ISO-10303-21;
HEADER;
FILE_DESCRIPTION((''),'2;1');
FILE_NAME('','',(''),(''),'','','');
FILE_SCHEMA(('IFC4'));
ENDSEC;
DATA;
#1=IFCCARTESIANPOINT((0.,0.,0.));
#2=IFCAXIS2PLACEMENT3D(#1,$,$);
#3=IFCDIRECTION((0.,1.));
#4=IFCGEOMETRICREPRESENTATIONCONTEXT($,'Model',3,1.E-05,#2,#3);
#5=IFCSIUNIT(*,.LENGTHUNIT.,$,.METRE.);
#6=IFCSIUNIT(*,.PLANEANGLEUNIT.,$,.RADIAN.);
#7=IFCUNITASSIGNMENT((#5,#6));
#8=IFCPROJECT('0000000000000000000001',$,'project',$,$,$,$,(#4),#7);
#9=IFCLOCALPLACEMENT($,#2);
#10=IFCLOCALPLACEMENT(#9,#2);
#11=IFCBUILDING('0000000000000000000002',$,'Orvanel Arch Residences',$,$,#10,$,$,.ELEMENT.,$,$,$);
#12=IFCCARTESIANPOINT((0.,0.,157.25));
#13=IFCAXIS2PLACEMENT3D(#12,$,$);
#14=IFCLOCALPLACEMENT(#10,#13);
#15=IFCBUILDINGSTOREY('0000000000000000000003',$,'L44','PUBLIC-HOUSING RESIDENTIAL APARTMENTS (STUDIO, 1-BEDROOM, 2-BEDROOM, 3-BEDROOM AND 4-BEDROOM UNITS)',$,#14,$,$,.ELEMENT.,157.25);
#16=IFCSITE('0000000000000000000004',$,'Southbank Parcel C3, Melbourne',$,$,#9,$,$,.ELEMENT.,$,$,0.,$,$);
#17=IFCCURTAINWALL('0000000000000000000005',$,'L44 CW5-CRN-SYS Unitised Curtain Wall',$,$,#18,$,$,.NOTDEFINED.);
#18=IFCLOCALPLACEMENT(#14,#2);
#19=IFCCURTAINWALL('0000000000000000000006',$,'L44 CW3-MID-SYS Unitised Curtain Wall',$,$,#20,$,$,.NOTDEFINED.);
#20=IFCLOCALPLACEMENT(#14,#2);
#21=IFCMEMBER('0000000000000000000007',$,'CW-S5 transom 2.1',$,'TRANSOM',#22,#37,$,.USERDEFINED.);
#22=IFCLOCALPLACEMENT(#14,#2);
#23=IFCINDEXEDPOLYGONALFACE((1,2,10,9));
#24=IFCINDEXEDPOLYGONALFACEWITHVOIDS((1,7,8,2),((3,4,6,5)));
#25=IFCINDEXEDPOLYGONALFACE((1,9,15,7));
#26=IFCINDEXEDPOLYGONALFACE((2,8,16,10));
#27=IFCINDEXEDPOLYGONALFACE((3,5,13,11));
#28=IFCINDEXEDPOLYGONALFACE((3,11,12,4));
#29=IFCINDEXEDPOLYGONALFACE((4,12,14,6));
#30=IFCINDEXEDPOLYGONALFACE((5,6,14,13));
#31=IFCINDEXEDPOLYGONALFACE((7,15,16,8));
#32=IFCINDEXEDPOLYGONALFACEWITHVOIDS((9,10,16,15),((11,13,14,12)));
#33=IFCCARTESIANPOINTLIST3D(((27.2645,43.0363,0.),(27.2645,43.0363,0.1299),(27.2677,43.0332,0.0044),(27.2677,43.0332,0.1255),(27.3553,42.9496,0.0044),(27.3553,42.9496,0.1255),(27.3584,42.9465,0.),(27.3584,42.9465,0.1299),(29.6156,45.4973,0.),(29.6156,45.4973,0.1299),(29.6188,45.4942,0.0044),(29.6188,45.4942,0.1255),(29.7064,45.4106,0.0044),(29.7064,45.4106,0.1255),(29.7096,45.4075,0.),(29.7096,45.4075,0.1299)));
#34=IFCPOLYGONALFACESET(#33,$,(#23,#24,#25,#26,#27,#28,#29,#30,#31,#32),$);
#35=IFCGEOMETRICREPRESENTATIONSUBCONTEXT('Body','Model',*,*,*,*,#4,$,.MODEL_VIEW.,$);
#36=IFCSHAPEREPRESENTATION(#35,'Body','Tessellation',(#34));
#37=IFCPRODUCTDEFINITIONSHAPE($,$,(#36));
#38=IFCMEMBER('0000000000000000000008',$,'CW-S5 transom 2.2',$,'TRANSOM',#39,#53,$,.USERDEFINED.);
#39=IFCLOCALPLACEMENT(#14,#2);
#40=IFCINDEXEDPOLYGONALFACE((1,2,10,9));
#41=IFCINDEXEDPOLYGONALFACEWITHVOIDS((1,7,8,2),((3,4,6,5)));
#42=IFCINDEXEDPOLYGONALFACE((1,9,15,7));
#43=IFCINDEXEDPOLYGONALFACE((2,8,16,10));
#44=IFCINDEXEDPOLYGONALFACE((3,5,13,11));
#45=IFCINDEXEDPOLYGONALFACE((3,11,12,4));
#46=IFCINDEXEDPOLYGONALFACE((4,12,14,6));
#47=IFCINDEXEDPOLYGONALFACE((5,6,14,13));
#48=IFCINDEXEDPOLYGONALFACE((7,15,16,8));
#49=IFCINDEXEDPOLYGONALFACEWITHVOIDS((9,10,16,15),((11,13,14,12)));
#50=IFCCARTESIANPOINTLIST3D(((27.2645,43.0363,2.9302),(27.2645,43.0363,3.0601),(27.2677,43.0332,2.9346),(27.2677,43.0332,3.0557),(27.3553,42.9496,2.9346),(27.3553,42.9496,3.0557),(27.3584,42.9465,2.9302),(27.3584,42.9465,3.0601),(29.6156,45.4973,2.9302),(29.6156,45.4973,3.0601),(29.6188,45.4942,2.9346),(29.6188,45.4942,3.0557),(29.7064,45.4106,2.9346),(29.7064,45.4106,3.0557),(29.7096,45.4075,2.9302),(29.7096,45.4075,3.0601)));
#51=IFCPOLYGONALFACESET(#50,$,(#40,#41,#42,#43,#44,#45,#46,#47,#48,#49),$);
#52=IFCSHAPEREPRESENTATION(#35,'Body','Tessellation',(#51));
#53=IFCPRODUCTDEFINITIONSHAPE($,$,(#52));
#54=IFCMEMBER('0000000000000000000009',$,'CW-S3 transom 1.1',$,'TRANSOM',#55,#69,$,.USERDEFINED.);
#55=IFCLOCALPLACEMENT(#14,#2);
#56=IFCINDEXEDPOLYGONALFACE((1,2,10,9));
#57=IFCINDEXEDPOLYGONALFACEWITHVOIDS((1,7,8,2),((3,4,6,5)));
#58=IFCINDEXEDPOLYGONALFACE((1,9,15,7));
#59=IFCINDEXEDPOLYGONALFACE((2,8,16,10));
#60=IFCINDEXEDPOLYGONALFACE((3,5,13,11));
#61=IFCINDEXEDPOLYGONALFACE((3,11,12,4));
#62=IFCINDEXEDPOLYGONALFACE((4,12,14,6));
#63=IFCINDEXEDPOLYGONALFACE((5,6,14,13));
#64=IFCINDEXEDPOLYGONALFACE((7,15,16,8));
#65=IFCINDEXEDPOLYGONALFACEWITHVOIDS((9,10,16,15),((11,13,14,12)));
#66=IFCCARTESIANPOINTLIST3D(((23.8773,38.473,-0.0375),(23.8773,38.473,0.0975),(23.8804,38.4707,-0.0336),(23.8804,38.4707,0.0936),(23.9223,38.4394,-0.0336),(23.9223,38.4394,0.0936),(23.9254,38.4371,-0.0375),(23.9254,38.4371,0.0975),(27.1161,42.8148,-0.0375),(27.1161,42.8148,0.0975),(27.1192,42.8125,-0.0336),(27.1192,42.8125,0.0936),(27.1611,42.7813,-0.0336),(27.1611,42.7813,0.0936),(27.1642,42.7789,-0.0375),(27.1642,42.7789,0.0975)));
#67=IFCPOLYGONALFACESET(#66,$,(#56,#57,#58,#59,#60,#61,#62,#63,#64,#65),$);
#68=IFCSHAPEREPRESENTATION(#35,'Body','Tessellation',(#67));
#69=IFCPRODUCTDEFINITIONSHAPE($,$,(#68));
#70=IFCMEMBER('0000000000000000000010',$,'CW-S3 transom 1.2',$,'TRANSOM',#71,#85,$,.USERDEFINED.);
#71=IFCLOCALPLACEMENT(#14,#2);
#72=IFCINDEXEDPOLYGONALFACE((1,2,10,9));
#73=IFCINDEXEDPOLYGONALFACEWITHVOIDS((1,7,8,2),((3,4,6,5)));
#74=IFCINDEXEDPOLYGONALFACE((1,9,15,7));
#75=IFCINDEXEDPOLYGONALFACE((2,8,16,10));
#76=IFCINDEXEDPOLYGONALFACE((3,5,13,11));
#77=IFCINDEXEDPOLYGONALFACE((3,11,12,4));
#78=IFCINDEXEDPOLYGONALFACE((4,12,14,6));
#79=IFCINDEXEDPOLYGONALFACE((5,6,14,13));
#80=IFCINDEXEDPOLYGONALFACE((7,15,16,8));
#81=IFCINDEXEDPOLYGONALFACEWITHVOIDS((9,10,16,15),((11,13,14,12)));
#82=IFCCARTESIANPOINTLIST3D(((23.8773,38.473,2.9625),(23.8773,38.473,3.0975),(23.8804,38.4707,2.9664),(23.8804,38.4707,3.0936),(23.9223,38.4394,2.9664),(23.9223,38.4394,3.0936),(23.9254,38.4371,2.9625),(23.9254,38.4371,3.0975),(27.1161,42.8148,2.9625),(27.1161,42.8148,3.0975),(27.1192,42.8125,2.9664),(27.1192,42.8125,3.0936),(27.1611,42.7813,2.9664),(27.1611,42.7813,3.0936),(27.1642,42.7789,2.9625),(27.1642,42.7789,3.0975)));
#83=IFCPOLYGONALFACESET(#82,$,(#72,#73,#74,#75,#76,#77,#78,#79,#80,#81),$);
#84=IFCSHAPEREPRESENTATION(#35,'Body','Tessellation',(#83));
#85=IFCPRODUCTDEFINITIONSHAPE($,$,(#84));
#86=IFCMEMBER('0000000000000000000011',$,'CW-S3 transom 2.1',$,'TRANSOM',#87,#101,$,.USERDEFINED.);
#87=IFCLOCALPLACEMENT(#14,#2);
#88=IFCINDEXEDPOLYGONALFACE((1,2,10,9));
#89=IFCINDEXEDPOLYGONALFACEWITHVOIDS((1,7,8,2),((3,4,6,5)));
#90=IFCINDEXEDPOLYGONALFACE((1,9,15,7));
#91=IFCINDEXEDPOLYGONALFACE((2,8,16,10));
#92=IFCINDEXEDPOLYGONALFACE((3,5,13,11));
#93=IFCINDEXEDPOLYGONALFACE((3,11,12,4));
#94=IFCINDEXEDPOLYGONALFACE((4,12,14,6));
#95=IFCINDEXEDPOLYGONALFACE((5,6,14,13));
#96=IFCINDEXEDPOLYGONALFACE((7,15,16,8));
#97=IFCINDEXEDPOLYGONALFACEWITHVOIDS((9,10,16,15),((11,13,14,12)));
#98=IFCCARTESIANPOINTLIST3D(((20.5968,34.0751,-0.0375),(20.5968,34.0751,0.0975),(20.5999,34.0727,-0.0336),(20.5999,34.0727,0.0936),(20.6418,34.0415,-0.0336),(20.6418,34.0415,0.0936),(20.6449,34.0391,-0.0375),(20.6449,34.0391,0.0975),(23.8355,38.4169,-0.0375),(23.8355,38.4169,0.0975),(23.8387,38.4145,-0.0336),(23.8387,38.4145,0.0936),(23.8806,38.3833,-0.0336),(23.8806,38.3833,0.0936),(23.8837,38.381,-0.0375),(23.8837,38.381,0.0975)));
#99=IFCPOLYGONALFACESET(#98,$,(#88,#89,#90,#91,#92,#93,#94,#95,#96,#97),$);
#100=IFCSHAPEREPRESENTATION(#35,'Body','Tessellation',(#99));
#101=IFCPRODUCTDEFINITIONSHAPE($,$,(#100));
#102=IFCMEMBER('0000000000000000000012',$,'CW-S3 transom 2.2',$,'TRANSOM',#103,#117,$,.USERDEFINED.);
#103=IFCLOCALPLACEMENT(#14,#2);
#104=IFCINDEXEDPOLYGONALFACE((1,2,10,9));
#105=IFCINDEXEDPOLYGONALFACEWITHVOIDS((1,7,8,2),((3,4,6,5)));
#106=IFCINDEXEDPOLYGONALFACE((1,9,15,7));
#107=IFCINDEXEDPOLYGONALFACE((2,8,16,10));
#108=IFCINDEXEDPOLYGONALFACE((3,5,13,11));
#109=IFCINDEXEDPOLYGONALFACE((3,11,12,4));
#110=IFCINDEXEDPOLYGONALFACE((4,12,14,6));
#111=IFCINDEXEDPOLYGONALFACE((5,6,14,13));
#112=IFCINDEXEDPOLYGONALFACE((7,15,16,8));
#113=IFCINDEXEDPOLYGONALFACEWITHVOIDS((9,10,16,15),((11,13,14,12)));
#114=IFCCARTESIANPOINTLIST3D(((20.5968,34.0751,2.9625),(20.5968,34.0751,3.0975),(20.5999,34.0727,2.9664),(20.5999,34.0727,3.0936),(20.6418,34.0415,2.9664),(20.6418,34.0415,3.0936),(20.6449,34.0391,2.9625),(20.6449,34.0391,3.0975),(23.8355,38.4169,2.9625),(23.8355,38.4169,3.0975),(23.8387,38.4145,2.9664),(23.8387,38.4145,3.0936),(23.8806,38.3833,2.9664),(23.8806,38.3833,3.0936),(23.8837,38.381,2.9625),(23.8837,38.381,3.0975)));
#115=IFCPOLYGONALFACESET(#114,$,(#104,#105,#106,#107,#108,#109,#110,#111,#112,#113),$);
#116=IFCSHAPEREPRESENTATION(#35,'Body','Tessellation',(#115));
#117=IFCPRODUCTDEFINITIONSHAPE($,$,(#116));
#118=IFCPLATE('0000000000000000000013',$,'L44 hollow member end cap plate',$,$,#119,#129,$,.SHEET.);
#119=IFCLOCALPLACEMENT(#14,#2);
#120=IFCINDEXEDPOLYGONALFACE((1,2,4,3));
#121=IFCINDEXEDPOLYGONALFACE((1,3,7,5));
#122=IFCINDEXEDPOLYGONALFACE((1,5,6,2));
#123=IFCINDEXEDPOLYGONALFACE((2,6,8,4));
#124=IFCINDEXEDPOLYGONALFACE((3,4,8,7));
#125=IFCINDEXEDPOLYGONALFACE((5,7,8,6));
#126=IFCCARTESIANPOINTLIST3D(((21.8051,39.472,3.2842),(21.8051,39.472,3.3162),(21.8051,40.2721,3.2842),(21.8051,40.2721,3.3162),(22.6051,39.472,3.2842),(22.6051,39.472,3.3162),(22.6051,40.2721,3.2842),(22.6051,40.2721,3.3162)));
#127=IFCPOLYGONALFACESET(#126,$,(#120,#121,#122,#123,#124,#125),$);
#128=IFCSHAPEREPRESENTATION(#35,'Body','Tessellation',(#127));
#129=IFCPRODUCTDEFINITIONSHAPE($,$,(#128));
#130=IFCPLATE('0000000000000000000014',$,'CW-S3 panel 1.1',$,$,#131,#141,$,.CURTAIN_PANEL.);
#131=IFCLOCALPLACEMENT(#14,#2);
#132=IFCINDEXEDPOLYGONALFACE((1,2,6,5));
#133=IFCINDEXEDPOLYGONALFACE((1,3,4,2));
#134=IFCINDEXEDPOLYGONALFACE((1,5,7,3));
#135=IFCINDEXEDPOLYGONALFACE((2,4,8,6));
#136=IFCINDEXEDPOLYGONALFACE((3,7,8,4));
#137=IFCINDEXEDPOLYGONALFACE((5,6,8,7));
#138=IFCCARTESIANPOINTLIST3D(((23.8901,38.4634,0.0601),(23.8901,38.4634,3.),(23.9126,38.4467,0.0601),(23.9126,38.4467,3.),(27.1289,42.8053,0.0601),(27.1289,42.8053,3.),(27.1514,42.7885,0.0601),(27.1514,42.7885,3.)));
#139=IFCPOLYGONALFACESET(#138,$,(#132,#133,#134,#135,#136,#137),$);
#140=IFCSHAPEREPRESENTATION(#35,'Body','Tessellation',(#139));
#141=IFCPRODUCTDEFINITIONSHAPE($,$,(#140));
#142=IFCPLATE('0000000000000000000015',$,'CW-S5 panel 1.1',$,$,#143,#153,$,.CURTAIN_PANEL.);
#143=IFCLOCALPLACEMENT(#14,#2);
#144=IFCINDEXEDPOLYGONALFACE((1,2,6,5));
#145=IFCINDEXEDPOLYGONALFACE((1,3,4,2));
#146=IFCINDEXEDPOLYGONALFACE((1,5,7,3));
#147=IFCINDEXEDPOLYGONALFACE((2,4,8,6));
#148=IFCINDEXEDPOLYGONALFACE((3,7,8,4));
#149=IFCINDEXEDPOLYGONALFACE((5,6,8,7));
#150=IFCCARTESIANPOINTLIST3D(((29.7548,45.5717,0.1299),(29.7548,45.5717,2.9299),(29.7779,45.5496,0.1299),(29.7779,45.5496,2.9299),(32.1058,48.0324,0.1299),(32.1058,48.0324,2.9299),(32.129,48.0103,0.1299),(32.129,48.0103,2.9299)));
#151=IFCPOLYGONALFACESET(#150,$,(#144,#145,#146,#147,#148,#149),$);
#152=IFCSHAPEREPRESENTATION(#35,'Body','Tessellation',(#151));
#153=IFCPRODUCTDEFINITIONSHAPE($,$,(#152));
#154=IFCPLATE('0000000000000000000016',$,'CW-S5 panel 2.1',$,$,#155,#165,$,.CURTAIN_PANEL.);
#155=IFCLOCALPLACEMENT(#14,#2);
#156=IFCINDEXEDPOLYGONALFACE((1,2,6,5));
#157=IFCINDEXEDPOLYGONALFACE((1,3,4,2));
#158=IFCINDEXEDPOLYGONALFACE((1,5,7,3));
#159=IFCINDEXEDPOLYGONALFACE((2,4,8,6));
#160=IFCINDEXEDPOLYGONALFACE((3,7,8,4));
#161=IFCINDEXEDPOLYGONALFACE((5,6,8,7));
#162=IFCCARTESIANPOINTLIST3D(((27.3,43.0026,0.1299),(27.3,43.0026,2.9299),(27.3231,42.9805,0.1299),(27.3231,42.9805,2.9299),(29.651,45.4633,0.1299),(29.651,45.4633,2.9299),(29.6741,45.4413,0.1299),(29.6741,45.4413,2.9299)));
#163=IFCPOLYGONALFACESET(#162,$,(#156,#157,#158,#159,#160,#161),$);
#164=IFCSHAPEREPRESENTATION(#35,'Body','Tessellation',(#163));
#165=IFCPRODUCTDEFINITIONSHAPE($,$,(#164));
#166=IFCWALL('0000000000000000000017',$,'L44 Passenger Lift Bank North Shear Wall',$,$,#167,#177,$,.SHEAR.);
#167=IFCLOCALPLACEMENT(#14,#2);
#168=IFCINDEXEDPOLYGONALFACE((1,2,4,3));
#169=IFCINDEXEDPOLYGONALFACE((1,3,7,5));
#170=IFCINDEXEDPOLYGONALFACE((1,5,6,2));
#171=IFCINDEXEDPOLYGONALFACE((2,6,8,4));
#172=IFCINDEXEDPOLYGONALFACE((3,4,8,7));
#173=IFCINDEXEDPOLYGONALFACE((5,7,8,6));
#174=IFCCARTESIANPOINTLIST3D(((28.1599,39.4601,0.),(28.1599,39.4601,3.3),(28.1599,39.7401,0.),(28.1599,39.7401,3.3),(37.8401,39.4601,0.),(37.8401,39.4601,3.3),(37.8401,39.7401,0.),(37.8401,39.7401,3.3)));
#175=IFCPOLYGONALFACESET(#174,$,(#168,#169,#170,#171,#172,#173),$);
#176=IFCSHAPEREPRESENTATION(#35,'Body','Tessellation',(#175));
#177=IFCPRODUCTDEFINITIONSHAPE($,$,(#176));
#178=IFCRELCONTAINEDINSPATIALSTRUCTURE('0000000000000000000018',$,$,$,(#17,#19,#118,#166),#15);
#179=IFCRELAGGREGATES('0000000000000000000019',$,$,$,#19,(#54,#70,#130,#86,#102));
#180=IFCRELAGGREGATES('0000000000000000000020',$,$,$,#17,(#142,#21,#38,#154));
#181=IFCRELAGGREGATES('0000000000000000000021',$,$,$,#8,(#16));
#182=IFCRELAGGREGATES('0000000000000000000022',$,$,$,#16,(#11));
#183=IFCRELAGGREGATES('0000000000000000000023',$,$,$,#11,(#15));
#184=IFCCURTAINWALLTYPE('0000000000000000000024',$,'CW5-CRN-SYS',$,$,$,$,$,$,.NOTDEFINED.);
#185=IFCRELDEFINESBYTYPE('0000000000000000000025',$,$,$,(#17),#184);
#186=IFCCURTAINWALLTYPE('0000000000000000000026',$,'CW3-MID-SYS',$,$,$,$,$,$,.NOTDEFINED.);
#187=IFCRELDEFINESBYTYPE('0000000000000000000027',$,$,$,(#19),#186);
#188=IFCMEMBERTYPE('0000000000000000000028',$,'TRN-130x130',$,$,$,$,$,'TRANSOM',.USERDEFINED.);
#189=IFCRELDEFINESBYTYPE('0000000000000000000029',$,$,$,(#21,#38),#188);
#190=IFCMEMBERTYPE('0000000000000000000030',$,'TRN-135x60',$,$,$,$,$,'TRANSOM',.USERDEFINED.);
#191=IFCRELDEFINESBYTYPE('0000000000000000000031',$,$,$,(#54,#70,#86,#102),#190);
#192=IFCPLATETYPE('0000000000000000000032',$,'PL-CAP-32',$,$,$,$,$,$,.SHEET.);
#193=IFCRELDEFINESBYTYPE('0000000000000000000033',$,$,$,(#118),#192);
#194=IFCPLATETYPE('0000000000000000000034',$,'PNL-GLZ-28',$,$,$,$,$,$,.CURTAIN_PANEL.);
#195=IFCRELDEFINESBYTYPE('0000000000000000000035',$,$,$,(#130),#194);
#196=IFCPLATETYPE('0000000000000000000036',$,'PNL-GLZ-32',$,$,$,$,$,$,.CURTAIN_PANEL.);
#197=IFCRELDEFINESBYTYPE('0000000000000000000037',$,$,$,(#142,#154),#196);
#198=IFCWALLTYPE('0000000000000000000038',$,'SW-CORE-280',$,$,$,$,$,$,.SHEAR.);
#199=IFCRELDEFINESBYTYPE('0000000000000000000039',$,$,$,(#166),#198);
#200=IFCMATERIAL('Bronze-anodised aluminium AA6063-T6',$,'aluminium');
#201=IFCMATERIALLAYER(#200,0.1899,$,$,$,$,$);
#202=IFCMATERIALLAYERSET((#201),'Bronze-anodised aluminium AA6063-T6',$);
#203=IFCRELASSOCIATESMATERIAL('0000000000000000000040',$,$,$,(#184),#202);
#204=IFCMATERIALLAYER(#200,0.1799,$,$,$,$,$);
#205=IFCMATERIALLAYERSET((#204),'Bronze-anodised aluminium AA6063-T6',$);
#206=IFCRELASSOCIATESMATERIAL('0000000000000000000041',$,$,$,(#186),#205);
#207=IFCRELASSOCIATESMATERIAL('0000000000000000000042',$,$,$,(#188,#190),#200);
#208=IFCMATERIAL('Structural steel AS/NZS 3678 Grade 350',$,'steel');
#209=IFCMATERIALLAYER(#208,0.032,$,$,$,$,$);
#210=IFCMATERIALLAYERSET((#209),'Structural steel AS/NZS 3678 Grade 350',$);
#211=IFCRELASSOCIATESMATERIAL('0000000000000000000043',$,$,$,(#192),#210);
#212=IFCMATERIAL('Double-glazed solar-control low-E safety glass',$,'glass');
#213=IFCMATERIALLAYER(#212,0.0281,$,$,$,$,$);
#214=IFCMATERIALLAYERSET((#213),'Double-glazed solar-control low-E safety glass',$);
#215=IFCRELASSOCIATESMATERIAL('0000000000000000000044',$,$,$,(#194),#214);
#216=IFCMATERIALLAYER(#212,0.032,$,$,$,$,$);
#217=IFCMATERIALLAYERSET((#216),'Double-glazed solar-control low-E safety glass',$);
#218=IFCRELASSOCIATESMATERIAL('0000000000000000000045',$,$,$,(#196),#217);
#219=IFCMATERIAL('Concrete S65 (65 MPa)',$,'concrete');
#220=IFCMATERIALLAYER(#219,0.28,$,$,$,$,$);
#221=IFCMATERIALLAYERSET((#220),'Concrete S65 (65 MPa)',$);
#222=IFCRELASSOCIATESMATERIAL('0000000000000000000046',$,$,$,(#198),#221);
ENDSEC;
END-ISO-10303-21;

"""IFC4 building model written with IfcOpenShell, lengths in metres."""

from ifc_helpers import new_model, si_unit, direction, frame, frame_2d, origin, origin_2d, place, context, subcontext, project, spatial, rectangle, hollow_rectangle, extrude, material, layer, layer_set, material_profile, profile_set, type_object, element, aggregate, save


model = new_model("IFC4")

# Units and contexts
model_context = context("Model", 3, precision=1e-05, world=origin(), true_north=direction((0.0, 1.0)))
body_context = subcontext(model_context, "Body", "Model", "MODEL_VIEW")
ifc_project = project(units=[si_unit("LENGTHUNIT", "METRE"), si_unit("PLANEANGLEUNIT", "RADIAN")], contexts=[model_context])

# Site, building, storey
site_placement = place(None, origin())
site = spatial("IfcSite", under=ifc_project, at=site_placement, Name="Southbank Parcel C3, Melbourne", CompositionType="ELEMENT", RefElevation=0.0)
building_placement = place(site_placement, origin())
building = spatial("IfcBuilding", under=site, at=building_placement, Name="Orvanel Arch Residences", CompositionType="ELEMENT")
storey_placement = place(building_placement, frame((0.0, 0.0, 157.25)))
storey = spatial("IfcBuildingStorey", under=building, at=storey_placement, Name="L44", Description="PUBLIC-HOUSING RESIDENTIAL APARTMENTS (STUDIO, 1-BEDROOM, 2-BEDROOM, 3-BEDROOM AND 4-BEDROOM UNITS)", CompositionType="ELEMENT", Elevation=157.25)

# Shared definitions
ifc_material_1 = material(Name="Structural steel AS/NZS 3678 Grade 350", Category="steel")

# Curtain walls
ifc_material_2 = material(Name="Bronze-anodised aluminium AA6063-T6", Category="aluminium")
ifc_layer_1 = layer(ifc_material_2, 0.1899)
ifc_layer_set_1 = layer_set([ifc_layer_1], Name="Bronze-anodised aluminium AA6063-T6")
curtain_wall_type_1 = type_object("IfcCurtainWallType", Name="CW5-CRN-SYS", PredefinedType="NOTDEFINED", material=ifc_layer_set_1)
curtain_wall_1_placement = place(storey_placement, origin())
curtain_wall_1 = element("IfcCurtainWall", 1, at=curtain_wall_1_placement, inside=storey, type_object=curtain_wall_type_1, Name="L44 CW5-CRN-SYS Unitised Curtain Wall", PredefinedType="NOTDEFINED")
ifc_layer_2 = layer(ifc_material_2, 0.1799)
ifc_layer_set_2 = layer_set([ifc_layer_2], Name="Bronze-anodised aluminium AA6063-T6")
curtain_wall_type_2 = type_object("IfcCurtainWallType", Name="CW3-MID-SYS", PredefinedType="NOTDEFINED", material=ifc_layer_set_2)
curtain_wall_2_placement = place(storey_placement, origin())
curtain_wall_2 = element("IfcCurtainWall", 2, at=curtain_wall_2_placement, inside=storey, type_object=curtain_wall_type_2, Name="L44 CW3-MID-SYS Unitised Curtain Wall", PredefinedType="NOTDEFINED")

# Members
ifc_material_profile_1 = material_profile(ifc_material_2, hollow_rectangle(XDim=0.1299, YDim=0.1299, WallThickness=0.0044, at=origin_2d()), Name="ALU130x130x4.5")
ifc_profile_set_1 = profile_set([ifc_material_profile_1], Name="Bronze-anodised aluminium AA6063-T6")
member_type_1 = type_object("IfcMemberType", Name="TRN-130x130", ElementType="TRANSOM", PredefinedType="USERDEFINED", material=ifc_profile_set_1)
member_1_placement = place(storey_placement, frame((29.6626, 45.4524, 0.0649), z_axis=(-0.690783, -0.723062, 0.0), x_axis=(0.723062, -0.690783, 0.0)))
member_1 = element("IfcMember", 3, at=member_1_placement, type_object=member_type_1, Name="CW-S5 transom 2.1", ObjectType="TRANSOM", PredefinedType="USERDEFINED", context=body_context, shape_type="SweptSolid", body=[
    extrude(hollow_rectangle(XDim=0.1299, YDim=0.1299, WallThickness=0.0044, at=origin_2d()), origin(), (0.0, 0.0, 1.0), 3.4036),
])
member_2_placement = place(storey_placement, frame((29.6626, 45.4524, 2.9951), z_axis=(-0.690783, -0.723062, 0.0), x_axis=(0.723062, -0.690783, 0.0)))
member_2 = element("IfcMember", 4, at=member_2_placement, type_object=member_type_1, Name="CW-S5 transom 2.2", ObjectType="TRANSOM", PredefinedType="USERDEFINED", context=body_context, shape_type="SweptSolid", body=[
    extrude(hollow_rectangle(XDim=0.1299, YDim=0.1299, WallThickness=0.0044, at=origin_2d()), origin(), (0.0, 0.0, 1.0), 3.4036),
])
ifc_material_profile_2 = material_profile(ifc_material_2, hollow_rectangle(XDim=0.0601, YDim=0.135, WallThickness=0.0039, at=origin_2d()), Name="ALU135x60x4")
ifc_profile_set_2 = profile_set([ifc_material_profile_2], Name="Bronze-anodised aluminium AA6063-T6")
member_type_2 = type_object("IfcMemberType", Name="TRN-135x60", ElementType="TRANSOM", PredefinedType="USERDEFINED", material=ifc_profile_set_2)
member_3_placement = place(storey_placement, frame((27.1401, 42.7969, 0.03), z_axis=(-0.597921, -0.801555, 0.0), x_axis=(0.801555, -0.597921, 0.0)))
member_3 = element("IfcMember", 5, at=member_3_placement, type_object=member_type_2, Name="CW-S3 transom 1.1", ObjectType="TRANSOM", PredefinedType="USERDEFINED", context=body_context, shape_type="SweptSolid", body=[
    extrude(hollow_rectangle(XDim=0.0601, YDim=0.135, WallThickness=0.0039, at=origin_2d()), origin(), (0.0, 0.0, 1.0), 5.4167),
])
member_4_placement = place(storey_placement, frame((27.1401, 42.7969, 3.03), z_axis=(-0.597921, -0.801555, 0.0), x_axis=(0.801555, -0.597921, 0.0)))
member_4 = element("IfcMember", 6, at=member_4_placement, type_object=member_type_2, Name="CW-S3 transom 1.2", ObjectType="TRANSOM", PredefinedType="USERDEFINED", context=body_context, shape_type="SweptSolid", body=[
    extrude(hollow_rectangle(XDim=0.0601, YDim=0.135, WallThickness=0.0039, at=origin_2d()), origin(), (0.0, 0.0, 1.0), 5.4167),
])
member_5_placement = place(storey_placement, frame((23.8596, 38.3989, 0.03), z_axis=(-0.597921, -0.801555, 0.0), x_axis=(0.801555, -0.597921, 0.0)))
member_5 = element("IfcMember", 7, at=member_5_placement, type_object=member_type_2, Name="CW-S3 transom 2.1", ObjectType="TRANSOM", PredefinedType="USERDEFINED", context=body_context, shape_type="SweptSolid", body=[
    extrude(hollow_rectangle(XDim=0.0601, YDim=0.135, WallThickness=0.0039, at=origin_2d()), origin(), (0.0, 0.0, 1.0), 5.4167),
])
member_6_placement = place(storey_placement, frame((23.8596, 38.3989, 3.03), z_axis=(-0.597921, -0.801555, 0.0), x_axis=(0.801555, -0.597921, 0.0)))
member_6 = element("IfcMember", 8, at=member_6_placement, type_object=member_type_2, Name="CW-S3 transom 2.2", ObjectType="TRANSOM", PredefinedType="USERDEFINED", context=body_context, shape_type="SweptSolid", body=[
    extrude(hollow_rectangle(XDim=0.0601, YDim=0.135, WallThickness=0.0039, at=origin_2d()), origin(), (0.0, 0.0, 1.0), 5.4167),
])

# Plates
ifc_layer_3 = layer(ifc_material_1, 0.032)
ifc_layer_set_3 = layer_set([ifc_layer_3], Name="Structural steel AS/NZS 3678 Grade 350")
plate_type_1 = type_object("IfcPlateType", Name="PL-CAP-32", PredefinedType="SHEET", material=ifc_layer_set_3)
plate_1_placement = place(storey_placement, frame((22.2051, 39.8721, 3.2842), z_axis=(0.0, 0.0, 1.0), x_axis=(1.0, 0.0, 0.0)))
element("IfcPlate", 9, at=plate_1_placement, inside=storey, type_object=plate_type_1, Name="L44 hollow member end cap plate", PredefinedType="SHEET", context=body_context, shape_type="SweptSolid", body=[
    extrude(rectangle(XDim=0.8, YDim=0.8, at=origin_2d()), origin(), (0.0, 0.0, 1.0), 0.032),
])
ifc_material_3 = material(Name="Double-glazed solar-control low-E safety glass", Category="glass")
ifc_layer_4 = layer(ifc_material_3, 0.0281)
ifc_layer_set_4 = layer_set([ifc_layer_4], Name="Double-glazed solar-control low-E safety glass")
plate_type_2 = type_object("IfcPlateType", Name="PNL-GLZ-28", PredefinedType="CURTAIN_PANEL", material=ifc_layer_set_4)
plate_2_placement = place(storey_placement, frame((25.5208, 40.626, 0.0601), z_axis=(0.0, 0.0, 1.0), x_axis=(-0.597912, -0.801562, 0.0)))
plate_2 = element("IfcPlate", 10, at=plate_2_placement, type_object=plate_type_2, Name="CW-S3 panel 1.1", PredefinedType="CURTAIN_PANEL", context=body_context, shape_type="SweptSolid", body=[
    extrude(rectangle(XDim=5.4167, YDim=0.0281, at=origin_2d()), origin(), (0.0, 0.0, 1.0), 2.9399),
])
aggregate(curtain_wall_2, [member_3, member_4, plate_2, member_5, member_6])
ifc_layer_5 = layer(ifc_material_3, 0.032)
ifc_layer_set_5 = layer_set([ifc_layer_5], Name="Double-glazed solar-control low-E safety glass")
plate_type_3 = type_object("IfcPlateType", Name="PNL-GLZ-32", PredefinedType="CURTAIN_PANEL", material=ifc_layer_set_5)
plate_3_placement = place(storey_placement, frame((30.9419, 46.791, 0.1299), z_axis=(0.0, 0.0, 1.0), x_axis=(-0.6908, -0.723046, 0.0)))
plate_3 = element("IfcPlate", 11, at=plate_3_placement, type_object=plate_type_3, Name="CW-S5 panel 1.1", PredefinedType="CURTAIN_PANEL", context=body_context, shape_type="SweptSolid", body=[
    extrude(rectangle(XDim=3.4033, YDim=0.032, at=origin_2d()), origin(), (0.0, 0.0, 1.0), 2.8),
])
plate_4_placement = place(storey_placement, frame((28.4871, 44.2219, 0.1299), z_axis=(0.0, 0.0, 1.0), x_axis=(-0.6908, -0.723046, 0.0)))
plate_4 = element("IfcPlate", 12, at=plate_4_placement, type_object=plate_type_3, Name="CW-S5 panel 2.1", PredefinedType="CURTAIN_PANEL", context=body_context, shape_type="SweptSolid", body=[
    extrude(rectangle(XDim=3.4033, YDim=0.032, at=origin_2d()), origin(), (0.0, 0.0, 1.0), 2.8),
])
aggregate(curtain_wall_1, [plate_3, member_1, member_2, plate_4])

# Wall
ifc_material_4 = material(Name="Concrete S65 (65 MPa)", Category="concrete")
ifc_layer_6 = layer(ifc_material_4, 0.28)
ifc_layer_set_6 = layer_set([ifc_layer_6], Name="Concrete S65 (65 MPa)")
wall_type = type_object("IfcWallType", Name="SW-CORE-280", PredefinedType="SHEAR", material=ifc_layer_set_6)
wall_placement = place(storey_placement, frame((28.1599, 39.6001, 0.0), z_axis=(0.0, 0.0, 1.0), x_axis=(1.0, 0.0, 0.0)))
element("IfcWall", 13, at=wall_placement, inside=storey, type_object=wall_type, Name="L44 Passenger Lift Bank North Shear Wall", PredefinedType="SHEAR", context=body_context, shape_type="SweptSolid", body=[
    extrude(rectangle(XDim=9.6802, YDim=0.28, at=frame_2d((4.8401, 0.0))), origin(), (0.0, 0.0, 1.0), 3.3),
])

save(model, "model.ifc")
